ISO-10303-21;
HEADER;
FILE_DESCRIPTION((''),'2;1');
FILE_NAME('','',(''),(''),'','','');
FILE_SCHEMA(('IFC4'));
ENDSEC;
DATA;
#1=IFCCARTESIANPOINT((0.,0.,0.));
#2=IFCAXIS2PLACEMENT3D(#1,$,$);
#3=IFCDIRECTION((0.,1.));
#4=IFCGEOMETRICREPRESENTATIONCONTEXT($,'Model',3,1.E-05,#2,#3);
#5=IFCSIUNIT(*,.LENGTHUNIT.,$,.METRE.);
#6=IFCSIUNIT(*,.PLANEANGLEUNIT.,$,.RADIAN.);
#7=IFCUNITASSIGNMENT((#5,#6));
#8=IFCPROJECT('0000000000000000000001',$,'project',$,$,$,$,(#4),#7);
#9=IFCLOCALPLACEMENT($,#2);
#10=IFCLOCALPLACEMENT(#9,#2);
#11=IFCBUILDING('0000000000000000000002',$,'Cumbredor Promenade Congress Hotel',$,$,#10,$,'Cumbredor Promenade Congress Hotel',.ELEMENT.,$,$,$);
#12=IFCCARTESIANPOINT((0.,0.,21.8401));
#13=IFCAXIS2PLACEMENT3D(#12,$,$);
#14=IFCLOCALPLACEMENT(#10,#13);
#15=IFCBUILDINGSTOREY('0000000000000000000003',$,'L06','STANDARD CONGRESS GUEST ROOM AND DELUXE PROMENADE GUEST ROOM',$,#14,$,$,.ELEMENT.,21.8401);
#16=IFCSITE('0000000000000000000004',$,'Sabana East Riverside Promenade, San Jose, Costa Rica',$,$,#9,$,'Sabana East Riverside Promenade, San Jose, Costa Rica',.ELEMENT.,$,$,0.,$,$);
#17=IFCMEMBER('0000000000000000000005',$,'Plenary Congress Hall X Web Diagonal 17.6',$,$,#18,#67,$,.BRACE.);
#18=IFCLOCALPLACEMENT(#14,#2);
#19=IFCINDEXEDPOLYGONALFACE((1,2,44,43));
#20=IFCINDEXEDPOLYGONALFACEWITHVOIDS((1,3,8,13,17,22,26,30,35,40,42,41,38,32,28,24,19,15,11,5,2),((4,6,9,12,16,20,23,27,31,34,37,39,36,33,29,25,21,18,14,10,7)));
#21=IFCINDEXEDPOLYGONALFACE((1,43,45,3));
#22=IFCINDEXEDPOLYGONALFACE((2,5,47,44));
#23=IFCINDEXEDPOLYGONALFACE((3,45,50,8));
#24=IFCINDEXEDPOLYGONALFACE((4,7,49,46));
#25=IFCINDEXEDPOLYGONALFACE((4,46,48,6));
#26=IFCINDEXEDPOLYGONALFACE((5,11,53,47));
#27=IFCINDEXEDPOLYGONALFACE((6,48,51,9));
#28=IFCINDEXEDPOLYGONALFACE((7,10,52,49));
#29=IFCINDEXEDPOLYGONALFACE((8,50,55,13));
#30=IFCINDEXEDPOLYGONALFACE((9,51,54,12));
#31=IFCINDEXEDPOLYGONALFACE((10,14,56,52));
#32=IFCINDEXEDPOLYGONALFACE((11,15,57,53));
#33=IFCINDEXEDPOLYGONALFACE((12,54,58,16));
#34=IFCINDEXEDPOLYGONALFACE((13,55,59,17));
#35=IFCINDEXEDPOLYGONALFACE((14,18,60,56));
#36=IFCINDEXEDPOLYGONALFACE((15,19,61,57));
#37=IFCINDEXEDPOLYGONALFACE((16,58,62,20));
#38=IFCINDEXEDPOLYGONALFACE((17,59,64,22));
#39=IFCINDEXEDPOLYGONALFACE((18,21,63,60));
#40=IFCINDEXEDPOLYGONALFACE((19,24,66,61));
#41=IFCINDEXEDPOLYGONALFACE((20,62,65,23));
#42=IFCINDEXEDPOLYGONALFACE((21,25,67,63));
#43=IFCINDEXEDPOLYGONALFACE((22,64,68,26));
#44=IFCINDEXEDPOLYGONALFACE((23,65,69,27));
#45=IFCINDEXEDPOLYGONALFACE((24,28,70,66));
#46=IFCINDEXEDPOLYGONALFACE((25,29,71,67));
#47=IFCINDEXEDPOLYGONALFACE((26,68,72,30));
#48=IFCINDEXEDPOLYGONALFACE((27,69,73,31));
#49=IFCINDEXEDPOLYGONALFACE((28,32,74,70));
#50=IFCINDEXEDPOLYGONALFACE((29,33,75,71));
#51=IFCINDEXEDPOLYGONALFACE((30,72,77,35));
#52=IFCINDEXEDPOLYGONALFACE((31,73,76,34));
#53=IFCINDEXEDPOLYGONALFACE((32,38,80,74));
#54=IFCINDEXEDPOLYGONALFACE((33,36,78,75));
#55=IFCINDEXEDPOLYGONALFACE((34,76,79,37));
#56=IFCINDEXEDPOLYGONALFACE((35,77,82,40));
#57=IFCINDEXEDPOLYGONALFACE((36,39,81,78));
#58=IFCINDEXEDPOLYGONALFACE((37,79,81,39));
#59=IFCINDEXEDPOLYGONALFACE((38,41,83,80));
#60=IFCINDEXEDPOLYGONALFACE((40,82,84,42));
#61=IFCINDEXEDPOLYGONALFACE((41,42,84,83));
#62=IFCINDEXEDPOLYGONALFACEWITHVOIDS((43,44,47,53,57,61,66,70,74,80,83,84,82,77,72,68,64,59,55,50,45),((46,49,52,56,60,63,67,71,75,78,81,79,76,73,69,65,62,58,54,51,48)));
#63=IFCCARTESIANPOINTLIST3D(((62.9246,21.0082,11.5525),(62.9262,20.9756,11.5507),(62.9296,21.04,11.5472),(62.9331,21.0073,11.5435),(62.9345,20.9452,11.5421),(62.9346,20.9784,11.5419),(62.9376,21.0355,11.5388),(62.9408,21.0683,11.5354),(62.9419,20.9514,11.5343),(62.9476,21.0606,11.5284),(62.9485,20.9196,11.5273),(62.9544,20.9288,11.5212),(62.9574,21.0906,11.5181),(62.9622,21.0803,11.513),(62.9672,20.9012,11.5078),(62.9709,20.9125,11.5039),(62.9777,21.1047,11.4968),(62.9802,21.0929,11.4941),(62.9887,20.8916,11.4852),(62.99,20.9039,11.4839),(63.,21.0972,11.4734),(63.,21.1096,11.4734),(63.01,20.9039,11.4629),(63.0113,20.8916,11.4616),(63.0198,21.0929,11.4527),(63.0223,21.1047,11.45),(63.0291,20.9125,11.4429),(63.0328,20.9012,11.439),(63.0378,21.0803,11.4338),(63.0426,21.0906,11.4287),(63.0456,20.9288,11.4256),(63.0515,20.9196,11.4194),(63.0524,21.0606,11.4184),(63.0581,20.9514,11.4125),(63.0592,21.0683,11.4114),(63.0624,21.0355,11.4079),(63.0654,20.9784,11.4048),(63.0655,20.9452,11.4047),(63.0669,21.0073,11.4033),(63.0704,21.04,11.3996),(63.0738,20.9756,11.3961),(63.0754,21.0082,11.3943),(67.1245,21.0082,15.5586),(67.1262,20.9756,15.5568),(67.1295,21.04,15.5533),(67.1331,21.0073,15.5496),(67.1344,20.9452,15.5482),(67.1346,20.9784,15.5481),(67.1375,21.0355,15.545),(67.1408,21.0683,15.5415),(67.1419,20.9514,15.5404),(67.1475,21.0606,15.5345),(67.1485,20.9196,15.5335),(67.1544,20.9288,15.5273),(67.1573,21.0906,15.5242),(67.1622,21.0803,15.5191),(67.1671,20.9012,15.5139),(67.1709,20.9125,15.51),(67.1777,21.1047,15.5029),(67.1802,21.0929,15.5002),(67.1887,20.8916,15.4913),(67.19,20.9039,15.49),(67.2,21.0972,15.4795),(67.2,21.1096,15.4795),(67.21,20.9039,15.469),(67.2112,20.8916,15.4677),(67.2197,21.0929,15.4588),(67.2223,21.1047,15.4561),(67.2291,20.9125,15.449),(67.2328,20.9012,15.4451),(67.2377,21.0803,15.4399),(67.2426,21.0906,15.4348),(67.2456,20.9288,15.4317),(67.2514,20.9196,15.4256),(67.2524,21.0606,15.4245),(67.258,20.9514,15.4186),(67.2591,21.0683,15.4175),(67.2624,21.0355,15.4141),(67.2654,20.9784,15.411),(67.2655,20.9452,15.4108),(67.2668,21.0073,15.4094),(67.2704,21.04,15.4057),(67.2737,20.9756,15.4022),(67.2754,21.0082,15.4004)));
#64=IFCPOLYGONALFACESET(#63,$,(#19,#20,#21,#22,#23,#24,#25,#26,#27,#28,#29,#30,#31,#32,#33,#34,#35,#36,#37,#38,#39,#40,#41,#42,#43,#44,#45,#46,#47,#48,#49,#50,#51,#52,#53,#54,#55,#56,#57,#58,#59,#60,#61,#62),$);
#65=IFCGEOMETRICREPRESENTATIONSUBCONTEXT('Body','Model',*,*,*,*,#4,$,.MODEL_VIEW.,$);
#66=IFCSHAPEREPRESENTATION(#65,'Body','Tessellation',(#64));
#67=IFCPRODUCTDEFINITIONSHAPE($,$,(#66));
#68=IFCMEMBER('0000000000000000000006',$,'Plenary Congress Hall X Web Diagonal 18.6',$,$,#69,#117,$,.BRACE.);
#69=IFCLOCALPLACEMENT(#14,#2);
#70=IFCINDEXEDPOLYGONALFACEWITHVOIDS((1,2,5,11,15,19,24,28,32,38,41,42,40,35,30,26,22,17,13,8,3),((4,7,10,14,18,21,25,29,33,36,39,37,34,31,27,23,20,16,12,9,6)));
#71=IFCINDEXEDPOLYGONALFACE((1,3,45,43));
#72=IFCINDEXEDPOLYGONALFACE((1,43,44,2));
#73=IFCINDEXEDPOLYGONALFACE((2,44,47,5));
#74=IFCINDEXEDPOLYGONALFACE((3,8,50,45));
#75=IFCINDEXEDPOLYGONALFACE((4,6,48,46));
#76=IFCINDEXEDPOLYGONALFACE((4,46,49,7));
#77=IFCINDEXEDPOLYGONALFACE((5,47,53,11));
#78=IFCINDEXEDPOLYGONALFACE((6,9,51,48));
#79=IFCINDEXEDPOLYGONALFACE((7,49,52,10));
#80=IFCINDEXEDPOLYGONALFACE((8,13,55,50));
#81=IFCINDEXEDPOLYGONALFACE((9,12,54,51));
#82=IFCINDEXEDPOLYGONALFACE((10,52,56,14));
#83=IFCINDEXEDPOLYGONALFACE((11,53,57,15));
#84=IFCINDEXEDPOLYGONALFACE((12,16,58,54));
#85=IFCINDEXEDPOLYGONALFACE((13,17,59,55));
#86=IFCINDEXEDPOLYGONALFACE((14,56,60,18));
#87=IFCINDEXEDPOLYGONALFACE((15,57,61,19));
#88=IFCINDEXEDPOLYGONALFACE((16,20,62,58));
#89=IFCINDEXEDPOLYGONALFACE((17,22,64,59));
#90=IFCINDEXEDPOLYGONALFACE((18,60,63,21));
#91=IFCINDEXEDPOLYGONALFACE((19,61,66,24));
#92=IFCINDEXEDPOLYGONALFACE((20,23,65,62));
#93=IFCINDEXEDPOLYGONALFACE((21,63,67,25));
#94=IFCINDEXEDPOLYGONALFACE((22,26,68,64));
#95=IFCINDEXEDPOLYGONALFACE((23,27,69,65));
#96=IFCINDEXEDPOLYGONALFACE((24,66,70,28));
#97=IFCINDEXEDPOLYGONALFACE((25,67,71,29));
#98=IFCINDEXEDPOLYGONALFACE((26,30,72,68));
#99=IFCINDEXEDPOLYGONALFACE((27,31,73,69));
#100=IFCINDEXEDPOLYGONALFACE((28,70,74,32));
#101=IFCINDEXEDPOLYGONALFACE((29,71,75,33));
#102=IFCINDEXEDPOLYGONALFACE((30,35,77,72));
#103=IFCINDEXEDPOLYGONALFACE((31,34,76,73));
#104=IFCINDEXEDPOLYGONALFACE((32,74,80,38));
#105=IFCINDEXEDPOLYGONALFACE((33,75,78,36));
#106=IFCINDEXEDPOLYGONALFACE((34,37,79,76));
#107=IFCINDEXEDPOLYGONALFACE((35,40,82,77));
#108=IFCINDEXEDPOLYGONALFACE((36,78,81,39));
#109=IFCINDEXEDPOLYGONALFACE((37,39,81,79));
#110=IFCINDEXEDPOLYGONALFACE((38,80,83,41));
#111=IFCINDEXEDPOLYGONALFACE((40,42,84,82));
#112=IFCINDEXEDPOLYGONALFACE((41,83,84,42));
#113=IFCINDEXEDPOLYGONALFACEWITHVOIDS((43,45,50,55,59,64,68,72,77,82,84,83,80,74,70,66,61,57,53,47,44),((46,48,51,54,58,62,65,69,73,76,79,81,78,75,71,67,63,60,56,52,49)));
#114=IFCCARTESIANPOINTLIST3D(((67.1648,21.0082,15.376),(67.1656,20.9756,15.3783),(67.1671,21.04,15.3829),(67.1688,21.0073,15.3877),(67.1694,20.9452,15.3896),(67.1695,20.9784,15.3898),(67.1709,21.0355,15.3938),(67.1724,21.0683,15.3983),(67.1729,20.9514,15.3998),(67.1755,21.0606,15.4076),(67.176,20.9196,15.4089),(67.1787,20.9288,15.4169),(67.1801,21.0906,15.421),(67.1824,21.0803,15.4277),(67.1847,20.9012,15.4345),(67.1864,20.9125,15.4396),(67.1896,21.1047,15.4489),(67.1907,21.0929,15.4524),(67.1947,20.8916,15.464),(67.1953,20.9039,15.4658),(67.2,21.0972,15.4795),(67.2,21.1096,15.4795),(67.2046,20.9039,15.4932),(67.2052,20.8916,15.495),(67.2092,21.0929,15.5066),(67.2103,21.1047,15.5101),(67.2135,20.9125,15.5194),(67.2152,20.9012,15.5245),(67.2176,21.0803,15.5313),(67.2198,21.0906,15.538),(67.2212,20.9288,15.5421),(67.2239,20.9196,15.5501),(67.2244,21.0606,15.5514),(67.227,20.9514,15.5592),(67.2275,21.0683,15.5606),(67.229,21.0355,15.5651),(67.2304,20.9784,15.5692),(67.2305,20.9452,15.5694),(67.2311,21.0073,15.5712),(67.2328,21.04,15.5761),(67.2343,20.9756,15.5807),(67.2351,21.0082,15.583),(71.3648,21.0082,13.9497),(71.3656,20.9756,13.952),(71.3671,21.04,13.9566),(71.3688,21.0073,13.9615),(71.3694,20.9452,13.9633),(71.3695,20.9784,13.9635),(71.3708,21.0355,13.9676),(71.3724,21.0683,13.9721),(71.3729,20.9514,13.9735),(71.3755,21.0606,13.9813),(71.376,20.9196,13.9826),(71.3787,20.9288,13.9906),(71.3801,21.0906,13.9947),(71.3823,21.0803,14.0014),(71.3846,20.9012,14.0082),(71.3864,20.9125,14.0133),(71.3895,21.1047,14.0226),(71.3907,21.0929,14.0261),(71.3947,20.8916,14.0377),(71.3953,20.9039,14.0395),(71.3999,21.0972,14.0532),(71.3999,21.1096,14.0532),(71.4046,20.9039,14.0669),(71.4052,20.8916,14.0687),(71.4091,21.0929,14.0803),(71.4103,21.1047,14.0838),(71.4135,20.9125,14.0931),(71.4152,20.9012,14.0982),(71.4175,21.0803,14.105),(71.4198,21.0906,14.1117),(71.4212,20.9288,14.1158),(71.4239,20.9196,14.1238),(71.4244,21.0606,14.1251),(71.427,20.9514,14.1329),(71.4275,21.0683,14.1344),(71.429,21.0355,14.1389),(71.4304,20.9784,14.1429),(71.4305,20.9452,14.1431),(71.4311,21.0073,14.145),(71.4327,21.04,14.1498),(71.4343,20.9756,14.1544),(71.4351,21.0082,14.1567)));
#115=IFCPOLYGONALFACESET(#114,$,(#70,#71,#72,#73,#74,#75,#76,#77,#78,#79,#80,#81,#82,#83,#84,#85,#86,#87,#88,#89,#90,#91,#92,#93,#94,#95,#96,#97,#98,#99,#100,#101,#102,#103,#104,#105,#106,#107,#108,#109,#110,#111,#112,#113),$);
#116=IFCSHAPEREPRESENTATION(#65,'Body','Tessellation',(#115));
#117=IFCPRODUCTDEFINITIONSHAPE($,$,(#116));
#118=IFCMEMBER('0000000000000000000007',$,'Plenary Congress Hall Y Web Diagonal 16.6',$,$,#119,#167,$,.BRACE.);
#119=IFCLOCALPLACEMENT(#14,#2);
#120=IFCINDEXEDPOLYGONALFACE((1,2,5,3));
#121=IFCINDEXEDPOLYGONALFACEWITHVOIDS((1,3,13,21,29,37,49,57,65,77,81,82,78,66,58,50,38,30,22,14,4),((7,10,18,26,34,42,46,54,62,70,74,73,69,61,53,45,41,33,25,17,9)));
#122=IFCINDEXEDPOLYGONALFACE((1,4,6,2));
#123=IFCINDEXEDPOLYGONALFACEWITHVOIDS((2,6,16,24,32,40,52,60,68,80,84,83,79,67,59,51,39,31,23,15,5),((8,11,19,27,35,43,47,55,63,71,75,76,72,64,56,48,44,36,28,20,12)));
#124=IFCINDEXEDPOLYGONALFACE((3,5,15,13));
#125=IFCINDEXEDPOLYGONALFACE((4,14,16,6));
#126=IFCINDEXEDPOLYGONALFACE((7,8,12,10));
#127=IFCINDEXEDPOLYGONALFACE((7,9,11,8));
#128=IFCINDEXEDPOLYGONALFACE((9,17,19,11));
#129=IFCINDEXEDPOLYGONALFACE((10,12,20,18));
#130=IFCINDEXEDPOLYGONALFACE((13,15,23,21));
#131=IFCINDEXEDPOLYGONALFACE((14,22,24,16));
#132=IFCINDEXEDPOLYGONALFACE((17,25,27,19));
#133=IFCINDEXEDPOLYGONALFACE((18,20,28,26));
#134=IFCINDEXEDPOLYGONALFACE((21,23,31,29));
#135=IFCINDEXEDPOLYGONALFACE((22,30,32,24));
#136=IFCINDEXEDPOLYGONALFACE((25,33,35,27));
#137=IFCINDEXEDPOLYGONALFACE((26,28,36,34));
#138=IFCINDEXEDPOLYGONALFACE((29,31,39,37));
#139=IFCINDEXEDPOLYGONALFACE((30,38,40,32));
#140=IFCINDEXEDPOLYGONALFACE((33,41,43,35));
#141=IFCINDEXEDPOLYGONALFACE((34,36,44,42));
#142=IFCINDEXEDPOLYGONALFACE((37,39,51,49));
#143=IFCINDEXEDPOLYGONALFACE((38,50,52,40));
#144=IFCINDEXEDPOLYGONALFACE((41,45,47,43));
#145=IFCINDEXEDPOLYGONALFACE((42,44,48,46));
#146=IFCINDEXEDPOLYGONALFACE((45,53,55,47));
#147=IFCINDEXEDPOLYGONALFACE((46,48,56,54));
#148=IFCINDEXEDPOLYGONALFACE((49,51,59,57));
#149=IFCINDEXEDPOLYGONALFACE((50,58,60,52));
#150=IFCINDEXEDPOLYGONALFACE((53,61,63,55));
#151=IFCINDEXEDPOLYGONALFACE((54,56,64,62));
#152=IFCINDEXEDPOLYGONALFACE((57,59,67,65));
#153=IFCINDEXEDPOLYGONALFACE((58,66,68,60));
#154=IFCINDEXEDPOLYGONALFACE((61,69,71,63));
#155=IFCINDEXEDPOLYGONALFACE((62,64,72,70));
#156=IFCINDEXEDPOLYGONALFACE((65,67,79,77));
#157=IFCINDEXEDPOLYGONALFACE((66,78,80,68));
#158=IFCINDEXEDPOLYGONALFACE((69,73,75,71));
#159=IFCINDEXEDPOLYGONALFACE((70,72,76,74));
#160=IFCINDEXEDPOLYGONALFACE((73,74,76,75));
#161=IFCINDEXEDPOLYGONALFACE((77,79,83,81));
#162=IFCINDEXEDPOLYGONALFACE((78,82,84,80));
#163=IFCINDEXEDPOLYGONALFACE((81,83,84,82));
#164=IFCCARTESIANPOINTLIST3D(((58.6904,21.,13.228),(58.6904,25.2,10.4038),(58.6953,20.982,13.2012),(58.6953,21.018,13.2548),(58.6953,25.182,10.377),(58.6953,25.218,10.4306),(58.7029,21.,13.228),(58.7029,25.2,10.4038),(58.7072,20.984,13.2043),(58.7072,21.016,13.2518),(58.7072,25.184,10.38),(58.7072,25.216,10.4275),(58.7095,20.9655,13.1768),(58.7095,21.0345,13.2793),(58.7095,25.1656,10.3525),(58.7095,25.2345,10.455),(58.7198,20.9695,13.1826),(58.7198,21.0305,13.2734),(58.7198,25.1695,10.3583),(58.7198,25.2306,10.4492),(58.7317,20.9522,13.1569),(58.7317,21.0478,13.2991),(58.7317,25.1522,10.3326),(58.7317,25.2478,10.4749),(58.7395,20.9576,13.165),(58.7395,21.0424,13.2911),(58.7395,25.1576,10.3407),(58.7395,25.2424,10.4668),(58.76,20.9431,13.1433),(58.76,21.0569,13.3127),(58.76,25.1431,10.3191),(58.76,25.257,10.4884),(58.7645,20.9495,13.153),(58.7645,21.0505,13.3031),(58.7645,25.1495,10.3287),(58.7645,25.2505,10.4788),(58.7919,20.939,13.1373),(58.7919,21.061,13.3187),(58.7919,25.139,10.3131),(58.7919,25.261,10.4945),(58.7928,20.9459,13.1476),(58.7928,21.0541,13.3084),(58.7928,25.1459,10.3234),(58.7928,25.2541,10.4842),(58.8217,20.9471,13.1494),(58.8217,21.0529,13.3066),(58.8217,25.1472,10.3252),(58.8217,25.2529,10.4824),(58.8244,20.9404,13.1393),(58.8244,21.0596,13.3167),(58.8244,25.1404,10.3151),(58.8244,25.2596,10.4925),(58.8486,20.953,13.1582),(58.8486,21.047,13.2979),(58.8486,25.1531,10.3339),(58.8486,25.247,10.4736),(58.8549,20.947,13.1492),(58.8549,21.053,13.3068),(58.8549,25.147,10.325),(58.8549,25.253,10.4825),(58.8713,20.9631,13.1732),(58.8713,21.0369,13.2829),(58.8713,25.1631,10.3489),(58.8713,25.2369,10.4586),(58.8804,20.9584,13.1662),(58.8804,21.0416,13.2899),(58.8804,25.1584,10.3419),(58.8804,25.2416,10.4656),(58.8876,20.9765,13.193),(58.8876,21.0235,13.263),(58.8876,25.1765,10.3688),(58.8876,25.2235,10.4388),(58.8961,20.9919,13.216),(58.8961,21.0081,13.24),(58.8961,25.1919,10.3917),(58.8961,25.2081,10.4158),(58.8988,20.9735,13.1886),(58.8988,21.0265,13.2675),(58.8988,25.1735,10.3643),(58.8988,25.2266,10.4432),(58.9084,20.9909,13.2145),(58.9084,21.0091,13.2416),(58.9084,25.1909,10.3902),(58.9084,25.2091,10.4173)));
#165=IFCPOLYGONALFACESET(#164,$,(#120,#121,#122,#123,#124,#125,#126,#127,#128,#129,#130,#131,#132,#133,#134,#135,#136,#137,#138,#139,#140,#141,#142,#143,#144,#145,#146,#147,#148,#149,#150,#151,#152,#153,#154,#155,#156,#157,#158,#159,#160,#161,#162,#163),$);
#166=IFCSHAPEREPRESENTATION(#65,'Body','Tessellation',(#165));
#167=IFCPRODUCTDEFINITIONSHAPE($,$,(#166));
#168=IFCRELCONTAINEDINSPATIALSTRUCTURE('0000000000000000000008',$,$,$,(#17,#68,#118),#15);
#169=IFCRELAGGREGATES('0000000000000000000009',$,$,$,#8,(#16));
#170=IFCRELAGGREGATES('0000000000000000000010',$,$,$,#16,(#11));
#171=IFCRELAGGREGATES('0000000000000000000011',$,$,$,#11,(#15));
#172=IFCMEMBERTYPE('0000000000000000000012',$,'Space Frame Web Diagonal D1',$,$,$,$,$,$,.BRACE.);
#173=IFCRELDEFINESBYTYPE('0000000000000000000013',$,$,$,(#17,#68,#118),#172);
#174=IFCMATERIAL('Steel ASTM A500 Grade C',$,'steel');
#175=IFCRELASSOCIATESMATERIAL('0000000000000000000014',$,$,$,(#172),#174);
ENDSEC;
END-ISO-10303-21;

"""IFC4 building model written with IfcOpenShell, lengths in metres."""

from ifc_helpers import new_model, si_unit, direction, frame, origin, origin_2d, place, context, subcontext, project, spatial, hollow_circle, extrude, material, material_profile, profile_set, type_object, element, save


model = new_model("IFC4")

# Units and contexts
model_context = context("Model", 3, precision=1e-05, world=origin(), true_north=direction((0.0, 1.0)))
body_context = subcontext(model_context, "Body", "Model", "MODEL_VIEW")
ifc_project = project(units=[si_unit("LENGTHUNIT", "METRE"), si_unit("PLANEANGLEUNIT", "RADIAN")], contexts=[model_context])

# Site, building, storey
site_placement = place(None, origin())
site = spatial("IfcSite", under=ifc_project, at=site_placement, Name="Sabana East Riverside Promenade, San Jose, Costa Rica", LongName="Sabana East Riverside Promenade, San Jose, Costa Rica", CompositionType="ELEMENT", RefElevation=0.0)
building_placement = place(site_placement, origin())
building = spatial("IfcBuilding", under=site, at=building_placement, Name="Cumbredor Promenade Congress Hotel", LongName="Cumbredor Promenade Congress Hotel", CompositionType="ELEMENT")
storey_placement = place(building_placement, frame((0.0, 0.0, 21.8401)))
storey = spatial("IfcBuildingStorey", under=building, at=storey_placement, Name="L06", Description="STANDARD CONGRESS GUEST ROOM AND DELUXE PROMENADE GUEST ROOM", CompositionType="ELEMENT", Elevation=21.8401)

# Members
ifc_material_1 = material(Name="Steel ASTM A500 Grade C", Category="steel")
ifc_material_profile_1 = material_profile(ifc_material_1, hollow_circle(Radius=0.1096, WallThickness=0.0125, at=origin_2d()), Name="CHS 219.1x12.5")
ifc_profile_set_1 = profile_set([ifc_material_profile_1], Name="Steel ASTM A500 Grade C")
member_type_1 = type_object("IfcMemberType", Name="Space Frame Web Diagonal D1", PredefinedType="BRACE", material=ifc_profile_set_1)
member_1_placement = place(storey_placement, frame((63.0, 21.0, 11.4734), z_axis=(0.723609, 0.0, 0.690211), x_axis=(0.0, 1.0, 0.0)))
element("IfcMember", 1, at=member_1_placement, inside=storey, type_object=member_type_1, Name="Plenary Congress Hall X Web Diagonal 17.6", PredefinedType="BRACE", context=body_context, shape_type="SweptSolid", body=[
    extrude(hollow_circle(Radius=0.1096, WallThickness=0.0125, at=origin_2d()), origin(), (0.0, 0.0, 1.0), 5.8042),
])
member_2_placement = place(storey_placement, frame((67.2, 21.0, 15.4795), z_axis=(0.94689, 0.0, -0.321556), x_axis=(0.0, 1.0, 0.0)))
element("IfcMember", 2, at=member_2_placement, inside=storey, type_object=member_type_1, Name="Plenary Congress Hall X Web Diagonal 18.6", PredefinedType="BRACE", context=body_context, shape_type="SweptSolid", body=[
    extrude(hollow_circle(Radius=0.1096, WallThickness=0.0125, at=origin_2d()), origin(), (0.0, 0.0, 1.0), 4.4355),
])
member_3_placement = place(storey_placement, frame((58.8, 21.0, 13.228), z_axis=(0.0, 0.829832, -0.558013), x_axis=(-1.0, 0.0, 0.0)))
element("IfcMember", 3, at=member_3_placement, inside=storey, type_object=member_type_1, Name="Plenary Congress Hall Y Web Diagonal 16.6", PredefinedType="BRACE", context=body_context, shape_type="SweptSolid", body=[
    extrude(hollow_circle(Radius=0.1096, WallThickness=0.0125, at=origin_2d()), origin(), (0.0, 0.0, 1.0), 5.0613),
])

save(model, "model.ifc")
